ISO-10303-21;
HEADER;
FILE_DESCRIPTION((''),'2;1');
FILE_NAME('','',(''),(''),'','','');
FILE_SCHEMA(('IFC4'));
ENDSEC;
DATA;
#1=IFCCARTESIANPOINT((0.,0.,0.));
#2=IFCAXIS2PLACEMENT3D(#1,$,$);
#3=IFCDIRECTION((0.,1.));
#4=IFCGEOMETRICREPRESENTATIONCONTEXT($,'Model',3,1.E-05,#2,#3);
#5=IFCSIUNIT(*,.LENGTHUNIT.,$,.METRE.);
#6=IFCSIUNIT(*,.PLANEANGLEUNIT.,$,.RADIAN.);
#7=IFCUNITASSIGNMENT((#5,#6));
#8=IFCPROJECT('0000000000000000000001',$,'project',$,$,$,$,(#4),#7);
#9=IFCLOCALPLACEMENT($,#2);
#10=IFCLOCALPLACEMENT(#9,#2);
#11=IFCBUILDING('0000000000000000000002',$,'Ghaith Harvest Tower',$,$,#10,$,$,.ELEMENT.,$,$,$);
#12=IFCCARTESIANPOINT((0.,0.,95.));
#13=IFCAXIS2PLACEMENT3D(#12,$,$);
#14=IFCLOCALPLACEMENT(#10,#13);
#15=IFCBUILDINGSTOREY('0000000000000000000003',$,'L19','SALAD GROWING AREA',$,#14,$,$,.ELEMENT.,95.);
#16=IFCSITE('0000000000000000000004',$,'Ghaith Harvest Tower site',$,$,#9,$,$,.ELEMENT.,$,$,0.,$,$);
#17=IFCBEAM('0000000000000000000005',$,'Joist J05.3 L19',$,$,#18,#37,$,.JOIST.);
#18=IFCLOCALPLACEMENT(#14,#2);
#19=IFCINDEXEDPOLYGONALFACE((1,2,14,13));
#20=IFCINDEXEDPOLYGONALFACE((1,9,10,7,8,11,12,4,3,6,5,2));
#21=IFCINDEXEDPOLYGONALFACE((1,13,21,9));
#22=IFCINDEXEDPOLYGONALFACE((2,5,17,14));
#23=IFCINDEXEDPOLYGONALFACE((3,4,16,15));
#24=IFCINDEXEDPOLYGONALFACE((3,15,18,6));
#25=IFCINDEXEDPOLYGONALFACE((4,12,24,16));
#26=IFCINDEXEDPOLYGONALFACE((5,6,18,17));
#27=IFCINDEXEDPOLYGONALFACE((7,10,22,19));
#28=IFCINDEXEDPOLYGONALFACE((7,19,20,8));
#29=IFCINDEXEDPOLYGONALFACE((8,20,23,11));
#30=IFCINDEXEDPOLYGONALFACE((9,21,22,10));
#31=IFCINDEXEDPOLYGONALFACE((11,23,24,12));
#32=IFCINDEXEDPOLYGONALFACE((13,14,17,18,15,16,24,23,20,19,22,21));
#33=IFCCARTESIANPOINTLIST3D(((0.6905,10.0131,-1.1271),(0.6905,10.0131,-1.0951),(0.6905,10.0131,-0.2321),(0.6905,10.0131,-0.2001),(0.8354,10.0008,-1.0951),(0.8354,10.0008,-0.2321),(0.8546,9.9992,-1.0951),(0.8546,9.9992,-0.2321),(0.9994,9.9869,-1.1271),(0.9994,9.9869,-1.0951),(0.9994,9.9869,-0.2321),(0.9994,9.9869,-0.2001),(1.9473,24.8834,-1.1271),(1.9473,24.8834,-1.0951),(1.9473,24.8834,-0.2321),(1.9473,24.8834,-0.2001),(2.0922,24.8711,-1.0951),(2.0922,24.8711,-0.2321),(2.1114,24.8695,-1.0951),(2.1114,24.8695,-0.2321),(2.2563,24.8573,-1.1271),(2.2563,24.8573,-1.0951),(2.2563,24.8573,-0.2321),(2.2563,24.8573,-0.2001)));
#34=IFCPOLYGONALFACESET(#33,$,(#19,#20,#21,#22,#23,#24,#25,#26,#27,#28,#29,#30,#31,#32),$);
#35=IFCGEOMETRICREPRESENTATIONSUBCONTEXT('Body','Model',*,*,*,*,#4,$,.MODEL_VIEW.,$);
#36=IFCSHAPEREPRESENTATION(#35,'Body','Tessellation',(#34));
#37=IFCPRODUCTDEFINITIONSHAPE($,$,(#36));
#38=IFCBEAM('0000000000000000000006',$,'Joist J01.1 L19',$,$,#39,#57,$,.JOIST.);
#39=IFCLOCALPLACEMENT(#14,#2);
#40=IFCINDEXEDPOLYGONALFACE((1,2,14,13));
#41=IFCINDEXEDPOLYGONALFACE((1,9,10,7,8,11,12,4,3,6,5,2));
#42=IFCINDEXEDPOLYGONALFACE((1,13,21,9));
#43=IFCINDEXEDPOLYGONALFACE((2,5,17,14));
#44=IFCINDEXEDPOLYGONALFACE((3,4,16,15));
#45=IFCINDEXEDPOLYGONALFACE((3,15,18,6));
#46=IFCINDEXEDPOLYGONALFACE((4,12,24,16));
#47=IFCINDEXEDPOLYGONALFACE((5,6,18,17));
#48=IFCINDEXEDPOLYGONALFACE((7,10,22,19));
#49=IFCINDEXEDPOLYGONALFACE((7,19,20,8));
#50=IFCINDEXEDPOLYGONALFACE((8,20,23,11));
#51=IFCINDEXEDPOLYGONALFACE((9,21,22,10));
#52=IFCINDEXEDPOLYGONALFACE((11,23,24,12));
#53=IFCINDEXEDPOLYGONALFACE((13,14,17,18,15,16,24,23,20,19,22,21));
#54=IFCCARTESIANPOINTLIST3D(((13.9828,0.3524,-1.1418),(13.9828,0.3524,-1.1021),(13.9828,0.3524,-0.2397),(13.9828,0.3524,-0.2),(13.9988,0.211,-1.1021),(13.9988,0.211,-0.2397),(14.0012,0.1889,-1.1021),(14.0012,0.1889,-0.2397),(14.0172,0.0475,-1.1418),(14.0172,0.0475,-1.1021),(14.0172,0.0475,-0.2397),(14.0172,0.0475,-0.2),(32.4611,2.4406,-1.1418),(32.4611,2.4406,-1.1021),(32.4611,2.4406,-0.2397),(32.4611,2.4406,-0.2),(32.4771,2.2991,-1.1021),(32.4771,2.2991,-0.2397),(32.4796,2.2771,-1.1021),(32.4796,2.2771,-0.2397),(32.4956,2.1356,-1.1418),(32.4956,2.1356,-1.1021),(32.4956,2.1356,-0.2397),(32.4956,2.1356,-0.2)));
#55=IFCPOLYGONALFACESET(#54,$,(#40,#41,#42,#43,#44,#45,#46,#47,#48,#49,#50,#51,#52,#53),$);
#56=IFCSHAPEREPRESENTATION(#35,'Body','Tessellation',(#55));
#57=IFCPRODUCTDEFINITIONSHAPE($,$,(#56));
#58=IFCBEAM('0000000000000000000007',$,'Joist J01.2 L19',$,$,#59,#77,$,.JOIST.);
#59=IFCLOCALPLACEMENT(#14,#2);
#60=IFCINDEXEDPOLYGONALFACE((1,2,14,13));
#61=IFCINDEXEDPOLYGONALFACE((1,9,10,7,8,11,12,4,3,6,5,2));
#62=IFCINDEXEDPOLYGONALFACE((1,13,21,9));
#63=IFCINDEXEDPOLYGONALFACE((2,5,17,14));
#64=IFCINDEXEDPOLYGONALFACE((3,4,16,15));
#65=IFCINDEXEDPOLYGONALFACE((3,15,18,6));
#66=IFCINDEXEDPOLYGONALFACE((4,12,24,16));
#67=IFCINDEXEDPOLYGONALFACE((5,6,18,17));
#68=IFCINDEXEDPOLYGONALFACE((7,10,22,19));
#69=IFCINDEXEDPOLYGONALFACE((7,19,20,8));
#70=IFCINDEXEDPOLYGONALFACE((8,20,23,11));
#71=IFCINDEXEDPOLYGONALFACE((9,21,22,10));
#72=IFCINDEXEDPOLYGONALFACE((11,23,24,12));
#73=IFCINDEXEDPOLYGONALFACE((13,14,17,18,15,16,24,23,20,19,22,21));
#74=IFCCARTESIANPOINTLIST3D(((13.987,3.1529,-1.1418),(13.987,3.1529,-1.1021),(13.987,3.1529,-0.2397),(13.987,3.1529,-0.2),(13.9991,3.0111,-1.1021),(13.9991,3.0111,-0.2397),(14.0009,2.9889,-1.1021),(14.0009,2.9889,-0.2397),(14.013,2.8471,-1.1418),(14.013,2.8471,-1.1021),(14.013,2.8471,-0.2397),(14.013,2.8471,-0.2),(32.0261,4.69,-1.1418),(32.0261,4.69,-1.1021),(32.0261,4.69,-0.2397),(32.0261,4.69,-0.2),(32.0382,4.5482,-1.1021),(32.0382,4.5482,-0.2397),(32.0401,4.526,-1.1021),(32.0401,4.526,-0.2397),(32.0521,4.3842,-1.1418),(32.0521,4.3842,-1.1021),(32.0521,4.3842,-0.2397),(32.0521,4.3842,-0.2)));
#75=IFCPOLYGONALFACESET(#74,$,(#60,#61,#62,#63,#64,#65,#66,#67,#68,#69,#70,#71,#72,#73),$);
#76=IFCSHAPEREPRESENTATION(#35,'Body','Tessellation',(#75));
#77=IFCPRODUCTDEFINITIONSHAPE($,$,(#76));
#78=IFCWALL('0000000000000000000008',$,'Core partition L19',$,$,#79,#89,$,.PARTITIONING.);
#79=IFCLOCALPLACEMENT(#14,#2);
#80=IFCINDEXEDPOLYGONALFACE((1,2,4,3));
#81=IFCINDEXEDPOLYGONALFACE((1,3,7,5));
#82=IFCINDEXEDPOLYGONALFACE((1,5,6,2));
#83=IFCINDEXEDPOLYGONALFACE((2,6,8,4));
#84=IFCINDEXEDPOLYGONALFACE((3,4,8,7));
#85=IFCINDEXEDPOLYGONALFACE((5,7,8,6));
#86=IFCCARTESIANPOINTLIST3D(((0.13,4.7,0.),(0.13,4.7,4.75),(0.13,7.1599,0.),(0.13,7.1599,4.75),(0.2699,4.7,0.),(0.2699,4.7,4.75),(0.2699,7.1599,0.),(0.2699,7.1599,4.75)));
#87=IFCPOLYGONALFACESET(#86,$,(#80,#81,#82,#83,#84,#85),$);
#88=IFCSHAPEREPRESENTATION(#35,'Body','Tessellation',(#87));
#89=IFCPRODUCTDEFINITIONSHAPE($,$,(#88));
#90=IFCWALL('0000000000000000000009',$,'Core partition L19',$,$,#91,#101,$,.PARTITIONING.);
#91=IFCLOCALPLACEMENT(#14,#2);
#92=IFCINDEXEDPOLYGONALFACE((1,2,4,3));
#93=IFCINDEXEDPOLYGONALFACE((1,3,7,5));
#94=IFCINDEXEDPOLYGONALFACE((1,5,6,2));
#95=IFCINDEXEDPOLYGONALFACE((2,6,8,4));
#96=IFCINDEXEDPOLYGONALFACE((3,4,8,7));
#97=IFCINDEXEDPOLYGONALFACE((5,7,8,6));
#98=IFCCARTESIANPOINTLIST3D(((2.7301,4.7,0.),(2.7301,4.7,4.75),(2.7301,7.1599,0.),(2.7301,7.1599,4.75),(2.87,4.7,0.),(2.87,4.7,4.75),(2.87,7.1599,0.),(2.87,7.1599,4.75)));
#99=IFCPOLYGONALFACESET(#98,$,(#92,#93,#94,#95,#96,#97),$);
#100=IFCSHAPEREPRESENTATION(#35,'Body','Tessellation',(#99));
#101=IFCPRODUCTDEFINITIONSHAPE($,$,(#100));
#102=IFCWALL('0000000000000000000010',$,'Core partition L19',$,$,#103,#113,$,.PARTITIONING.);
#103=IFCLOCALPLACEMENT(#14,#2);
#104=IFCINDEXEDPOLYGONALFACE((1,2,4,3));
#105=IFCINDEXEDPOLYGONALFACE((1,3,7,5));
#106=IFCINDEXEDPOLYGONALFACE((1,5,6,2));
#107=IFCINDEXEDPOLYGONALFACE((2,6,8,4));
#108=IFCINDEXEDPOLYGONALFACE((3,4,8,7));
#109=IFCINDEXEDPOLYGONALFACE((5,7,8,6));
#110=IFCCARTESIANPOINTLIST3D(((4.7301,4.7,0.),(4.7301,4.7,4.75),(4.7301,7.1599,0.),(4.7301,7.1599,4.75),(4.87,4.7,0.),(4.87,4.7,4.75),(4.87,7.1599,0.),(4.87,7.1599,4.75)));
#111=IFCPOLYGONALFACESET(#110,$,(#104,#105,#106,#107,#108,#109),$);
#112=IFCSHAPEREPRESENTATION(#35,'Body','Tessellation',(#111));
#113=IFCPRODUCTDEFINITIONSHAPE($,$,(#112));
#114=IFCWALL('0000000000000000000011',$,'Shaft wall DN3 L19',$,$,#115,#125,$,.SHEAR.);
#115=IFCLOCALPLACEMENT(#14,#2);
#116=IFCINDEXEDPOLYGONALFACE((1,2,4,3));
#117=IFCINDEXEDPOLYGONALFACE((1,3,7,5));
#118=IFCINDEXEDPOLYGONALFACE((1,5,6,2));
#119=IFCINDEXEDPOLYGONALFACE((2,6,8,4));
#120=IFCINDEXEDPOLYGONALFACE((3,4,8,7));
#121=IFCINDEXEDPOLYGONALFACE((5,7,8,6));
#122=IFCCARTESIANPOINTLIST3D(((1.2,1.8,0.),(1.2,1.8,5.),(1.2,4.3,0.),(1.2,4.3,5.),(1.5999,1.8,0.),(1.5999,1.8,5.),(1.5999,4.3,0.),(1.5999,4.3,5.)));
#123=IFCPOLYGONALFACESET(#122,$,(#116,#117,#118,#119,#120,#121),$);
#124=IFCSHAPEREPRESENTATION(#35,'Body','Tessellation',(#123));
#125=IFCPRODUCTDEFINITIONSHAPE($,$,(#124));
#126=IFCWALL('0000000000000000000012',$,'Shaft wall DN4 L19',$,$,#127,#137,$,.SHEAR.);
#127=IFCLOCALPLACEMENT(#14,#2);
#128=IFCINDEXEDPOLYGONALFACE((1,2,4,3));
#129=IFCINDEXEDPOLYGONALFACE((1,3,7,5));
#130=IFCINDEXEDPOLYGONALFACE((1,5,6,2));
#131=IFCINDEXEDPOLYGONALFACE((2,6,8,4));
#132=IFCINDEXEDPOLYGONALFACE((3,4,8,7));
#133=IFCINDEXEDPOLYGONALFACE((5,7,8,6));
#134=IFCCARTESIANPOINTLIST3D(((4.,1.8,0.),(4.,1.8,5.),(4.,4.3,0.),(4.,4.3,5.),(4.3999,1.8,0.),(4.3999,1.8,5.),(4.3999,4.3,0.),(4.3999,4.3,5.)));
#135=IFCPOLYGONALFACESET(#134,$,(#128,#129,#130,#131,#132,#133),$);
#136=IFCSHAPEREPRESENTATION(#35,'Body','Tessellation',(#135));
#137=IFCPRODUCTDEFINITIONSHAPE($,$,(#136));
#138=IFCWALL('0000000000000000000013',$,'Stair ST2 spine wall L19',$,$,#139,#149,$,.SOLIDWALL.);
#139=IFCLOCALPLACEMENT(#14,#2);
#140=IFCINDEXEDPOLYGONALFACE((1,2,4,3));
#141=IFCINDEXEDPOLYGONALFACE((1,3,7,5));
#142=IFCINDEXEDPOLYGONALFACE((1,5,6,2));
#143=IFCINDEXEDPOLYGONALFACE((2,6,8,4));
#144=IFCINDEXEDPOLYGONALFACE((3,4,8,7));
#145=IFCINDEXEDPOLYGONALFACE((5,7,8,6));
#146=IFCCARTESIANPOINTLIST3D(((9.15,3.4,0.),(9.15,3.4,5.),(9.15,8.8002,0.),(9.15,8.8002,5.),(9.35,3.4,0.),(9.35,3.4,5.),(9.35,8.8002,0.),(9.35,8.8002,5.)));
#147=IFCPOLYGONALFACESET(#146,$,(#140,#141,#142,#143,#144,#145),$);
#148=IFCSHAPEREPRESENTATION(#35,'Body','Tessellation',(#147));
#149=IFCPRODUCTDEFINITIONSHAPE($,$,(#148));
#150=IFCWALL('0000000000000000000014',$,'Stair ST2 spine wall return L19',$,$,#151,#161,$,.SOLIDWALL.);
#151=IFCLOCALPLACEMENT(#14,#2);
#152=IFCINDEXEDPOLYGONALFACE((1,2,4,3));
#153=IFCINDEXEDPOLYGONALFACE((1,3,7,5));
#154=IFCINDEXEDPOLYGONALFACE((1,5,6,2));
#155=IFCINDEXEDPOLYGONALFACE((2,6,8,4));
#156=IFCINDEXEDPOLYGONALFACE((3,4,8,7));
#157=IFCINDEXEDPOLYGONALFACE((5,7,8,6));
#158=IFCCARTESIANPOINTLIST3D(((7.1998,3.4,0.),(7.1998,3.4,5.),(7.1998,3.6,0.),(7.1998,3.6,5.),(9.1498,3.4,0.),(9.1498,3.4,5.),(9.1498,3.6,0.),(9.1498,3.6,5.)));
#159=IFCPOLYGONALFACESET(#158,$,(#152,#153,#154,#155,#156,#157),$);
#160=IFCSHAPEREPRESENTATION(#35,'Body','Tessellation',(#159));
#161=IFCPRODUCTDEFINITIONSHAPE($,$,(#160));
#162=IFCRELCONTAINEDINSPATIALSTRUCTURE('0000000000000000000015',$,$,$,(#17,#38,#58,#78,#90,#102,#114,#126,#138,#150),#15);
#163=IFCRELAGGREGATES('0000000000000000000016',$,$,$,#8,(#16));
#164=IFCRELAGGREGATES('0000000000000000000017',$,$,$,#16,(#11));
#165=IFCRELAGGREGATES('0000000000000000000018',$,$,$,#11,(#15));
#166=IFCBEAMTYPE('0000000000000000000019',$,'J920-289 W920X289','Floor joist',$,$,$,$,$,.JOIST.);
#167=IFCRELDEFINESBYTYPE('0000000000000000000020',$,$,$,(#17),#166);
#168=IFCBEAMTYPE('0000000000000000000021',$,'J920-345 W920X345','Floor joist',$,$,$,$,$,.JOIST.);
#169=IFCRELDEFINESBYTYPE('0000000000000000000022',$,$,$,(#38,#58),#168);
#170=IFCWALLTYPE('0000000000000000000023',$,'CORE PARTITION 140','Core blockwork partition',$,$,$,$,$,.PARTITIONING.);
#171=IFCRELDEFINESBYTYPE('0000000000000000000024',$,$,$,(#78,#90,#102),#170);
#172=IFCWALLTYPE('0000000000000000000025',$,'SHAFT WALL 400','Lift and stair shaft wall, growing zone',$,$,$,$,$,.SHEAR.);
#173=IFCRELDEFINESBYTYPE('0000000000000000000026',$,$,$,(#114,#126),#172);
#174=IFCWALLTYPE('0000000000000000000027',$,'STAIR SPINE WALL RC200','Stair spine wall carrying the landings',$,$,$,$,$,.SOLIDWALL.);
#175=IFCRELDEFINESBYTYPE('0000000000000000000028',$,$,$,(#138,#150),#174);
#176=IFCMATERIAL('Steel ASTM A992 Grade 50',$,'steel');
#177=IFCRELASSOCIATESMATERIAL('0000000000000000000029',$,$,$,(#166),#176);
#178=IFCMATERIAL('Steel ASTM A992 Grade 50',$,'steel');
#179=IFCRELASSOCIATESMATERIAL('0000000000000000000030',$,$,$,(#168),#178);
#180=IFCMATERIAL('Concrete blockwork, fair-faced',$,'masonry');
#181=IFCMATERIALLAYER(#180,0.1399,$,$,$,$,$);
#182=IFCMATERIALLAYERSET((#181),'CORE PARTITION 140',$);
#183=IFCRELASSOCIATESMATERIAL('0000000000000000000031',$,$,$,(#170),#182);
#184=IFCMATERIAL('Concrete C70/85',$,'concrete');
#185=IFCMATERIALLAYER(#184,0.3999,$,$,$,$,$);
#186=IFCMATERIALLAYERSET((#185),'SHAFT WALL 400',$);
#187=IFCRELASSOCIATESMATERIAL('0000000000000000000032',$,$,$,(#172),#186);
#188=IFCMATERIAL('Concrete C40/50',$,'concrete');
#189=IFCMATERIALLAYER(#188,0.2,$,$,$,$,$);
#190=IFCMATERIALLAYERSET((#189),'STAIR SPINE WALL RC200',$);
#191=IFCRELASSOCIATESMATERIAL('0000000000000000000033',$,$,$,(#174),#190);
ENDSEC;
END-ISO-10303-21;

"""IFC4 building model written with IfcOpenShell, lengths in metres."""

from ifc_helpers import new_model, si_unit, direction, frame, frame_2d, origin, origin_2d, place, context, subcontext, project, spatial, rectangle, i_section, extrude, material, layer, layer_set, material_profile, profile_set, type_object, element, save


model = new_model("IFC4")

# Units and contexts
model_context = context("Model", 3, precision=1e-05, world=origin(), true_north=direction((0.0, 1.0)))
body_context = subcontext(model_context, "Body", "Model", "MODEL_VIEW")
ifc_project = project(units=[si_unit("LENGTHUNIT", "METRE"), si_unit("PLANEANGLEUNIT", "RADIAN")], contexts=[model_context])

# Site, building, storey
site_placement = place(None, origin())
site = spatial("IfcSite", under=ifc_project, at=site_placement, Name="Ghaith Harvest Tower site", CompositionType="ELEMENT", RefElevation=0.0)
building_placement = place(site_placement, origin())
building = spatial("IfcBuilding", under=site, at=building_placement, Name="Ghaith Harvest Tower", CompositionType="ELEMENT")
storey_placement = place(building_placement, frame((0.0, 0.0, 95.0)))
storey = spatial("IfcBuildingStorey", under=building, at=storey_placement, Name="L19", Description="SALAD GROWING AREA", CompositionType="ELEMENT", Elevation=95.0)

# Beams
ifc_material_1 = material(Name="Steel ASTM A992 Grade 50", Category="steel")
ifc_material_profile_1 = material_profile(ifc_material_1, i_section(OverallWidth=0.3101, OverallDepth=0.927, WebThickness=0.0193, FlangeThickness=0.032, at=origin_2d()), Name="W920X289")
ifc_profile_set_1 = profile_set([ifc_material_profile_1], Name="Steel ASTM A992 Grade 50")
beam_type_1 = type_object("IfcBeamType", Name="J920-289 W920X289", Description="Floor joist", PredefinedType="JOIST", material=ifc_profile_set_1)
beam_1_placement = place(storey_placement, frame((0.845, 10.0, -0.6636), z_axis=(0.084219, 0.996447, 0.0), x_axis=(-0.996447, 0.084219, 0.0)))
element("IfcBeam", 1, at=beam_1_placement, inside=storey, type_object=beam_type_1, Name="Joist J05.3 L19", PredefinedType="JOIST", context=body_context, shape_type="SweptSolid", body=[
    extrude(i_section(OverallWidth=0.3101, OverallDepth=0.927, WebThickness=0.0193, FlangeThickness=0.032, at=origin_2d()), origin(), (0.0, 0.0, 1.0), 14.9233),
])
ifc_material_2 = material(Name="Steel ASTM A992 Grade 50", Category="steel")
ifc_material_profile_2 = material_profile(ifc_material_2, i_section(OverallWidth=0.3069, OverallDepth=0.9419, WebThickness=0.0222, FlangeThickness=0.0398, at=origin_2d()), Name="W920X345")
ifc_profile_set_2 = profile_set([ifc_material_profile_2], Name="Steel ASTM A992 Grade 50")
beam_type_2 = type_object("IfcBeamType", Name="J920-345 W920X345", Description="Floor joist", PredefinedType="JOIST", material=ifc_profile_set_2)
beam_2_placement = place(storey_placement, frame((14.0, 0.2, -0.6709), z_axis=(0.993675, 0.11229, 0.0), x_axis=(-0.11229, 0.993675, 0.0)))
element("IfcBeam", 2, at=beam_2_placement, inside=storey, type_object=beam_type_2, Name="Joist J01.1 L19", PredefinedType="JOIST", context=body_context, shape_type="SweptSolid", body=[
    extrude(i_section(OverallWidth=0.3069, OverallDepth=0.9419, WebThickness=0.0222, FlangeThickness=0.0398, at=origin_2d()), origin(), (0.0, 0.0, 1.0), 18.5959),
])
beam_3_placement = place(storey_placement, frame((14.0, 3.0, -0.6709), z_axis=(0.996389, 0.084902, 0.0), x_axis=(-0.084902, 0.996389, 0.0)))
element("IfcBeam", 3, at=beam_3_placement, inside=storey, type_object=beam_type_2, Name="Joist J01.2 L19", PredefinedType="JOIST", context=body_context, shape_type="SweptSolid", body=[
    extrude(i_section(OverallWidth=0.3069, OverallDepth=0.9419, WebThickness=0.0222, FlangeThickness=0.0398, at=origin_2d()), origin(), (0.0, 0.0, 1.0), 18.1045),
])

# Walls
ifc_material_3 = material(Name="Concrete blockwork, fair-faced", Category="masonry")
ifc_layer_1 = layer(ifc_material_3, 0.1399)
ifc_layer_set_1 = layer_set([ifc_layer_1], Name="CORE PARTITION 140")
wall_type_1 = type_object("IfcWallType", Name="CORE PARTITION 140", Description="Core blockwork partition", PredefinedType="PARTITIONING", material=ifc_layer_set_1)
for number, where, z_axis, x_axis, name in (
    (4, (0.2, 4.7, 0.0), (0.0, 0.0, 1.0), (0.0, 1.0, 0.0), "Core partition L19"),
    (5, (2.8, 4.7, 0.0), (0.0, 0.0, 1.0), (0.0, 1.0, 0.0), "Core partition L19"),
    (6, (4.8, 4.7, 0.0), (0.0, 0.0, 1.0), (0.0, 1.0, 0.0), "Core partition L19"),
):
    element("IfcWall", number, at=place(storey_placement, frame(where, z_axis=z_axis, x_axis=x_axis)), inside=storey, type_object=wall_type_1, Name=name, PredefinedType="PARTITIONING", context=body_context, shape_type="SweptSolid", body=[
        extrude(rectangle(XDim=2.46, YDim=0.1399, at=frame_2d((1.23, 0.0))), origin(), (0.0, 0.0, 1.0), 4.75),
    ])

# Shared definitions
ifc_material_4 = material(Name="Concrete C70/85", Category="concrete")
ifc_layer_2 = layer(ifc_material_4, 0.3999)
ifc_layer_set_2 = layer_set([ifc_layer_2], Name="SHAFT WALL 400")
wall_type_2 = type_object("IfcWallType", Name="SHAFT WALL 400", Description="Lift and stair shaft wall, growing zone", PredefinedType="SHEAR", material=ifc_layer_set_2)

# Walls
for number, where, z_axis, x_axis, name in (
    (7, (1.3999, 1.8, 0.0), (0.0, 0.0, 1.0), (0.0, 1.0, 0.0), "Shaft wall DN3 L19"),
    (8, (4.2, 1.8, 0.0), (0.0, 0.0, 1.0), (0.0, 1.0, 0.0), "Shaft wall DN4 L19"),
):
    element("IfcWall", number, at=place(storey_placement, frame(where, z_axis=z_axis, x_axis=x_axis)), inside=storey, type_object=wall_type_2, Name=name, PredefinedType="SHEAR", context=body_context, shape_type="SweptSolid", body=[
        extrude(rectangle(XDim=2.5, YDim=0.3999, at=frame_2d((1.25, 0.0))), origin(), (0.0, 0.0, 1.0), 5.0),
    ])
ifc_material_5 = material(Name="Concrete C40/50", Category="concrete")
ifc_layer_3 = layer(ifc_material_5, 0.2)
ifc_layer_set_3 = layer_set([ifc_layer_3], Name="STAIR SPINE WALL RC200")
wall_type_3 = type_object("IfcWallType", Name="STAIR SPINE WALL RC200", Description="Stair spine wall carrying the landings", PredefinedType="SOLIDWALL", material=ifc_layer_set_3)
wall_1_placement = place(storey_placement, frame((9.25, 3.3999, 0.0), z_axis=(0.0, 0.0, 1.0), x_axis=(0.0, 1.0, 0.0)))
element("IfcWall", 9, at=wall_1_placement, inside=storey, type_object=wall_type_3, Name="Stair ST2 spine wall L19", PredefinedType="SOLIDWALL", context=body_context, shape_type="SweptSolid", body=[
    extrude(rectangle(XDim=5.4001, YDim=0.2, at=frame_2d((2.7002, 0.0))), origin(), (0.0, 0.0, 1.0), 5.0),
])
wall_2_placement = place(storey_placement, frame((9.1499, 3.5, 0.0), z_axis=(0.0, 0.0, 1.0), x_axis=(-1.0, 0.0, 0.0)))
element("IfcWall", 10, at=wall_2_placement, inside=storey, type_object=wall_type_3, Name="Stair ST2 spine wall return L19", PredefinedType="SOLIDWALL", context=body_context, shape_type="SweptSolid", body=[
    extrude(rectangle(XDim=1.95, YDim=0.2, at=frame_2d((0.9751, 0.0))), origin(), (0.0, 0.0, 1.0), 5.0),
])

save(model, "model.ifc")
